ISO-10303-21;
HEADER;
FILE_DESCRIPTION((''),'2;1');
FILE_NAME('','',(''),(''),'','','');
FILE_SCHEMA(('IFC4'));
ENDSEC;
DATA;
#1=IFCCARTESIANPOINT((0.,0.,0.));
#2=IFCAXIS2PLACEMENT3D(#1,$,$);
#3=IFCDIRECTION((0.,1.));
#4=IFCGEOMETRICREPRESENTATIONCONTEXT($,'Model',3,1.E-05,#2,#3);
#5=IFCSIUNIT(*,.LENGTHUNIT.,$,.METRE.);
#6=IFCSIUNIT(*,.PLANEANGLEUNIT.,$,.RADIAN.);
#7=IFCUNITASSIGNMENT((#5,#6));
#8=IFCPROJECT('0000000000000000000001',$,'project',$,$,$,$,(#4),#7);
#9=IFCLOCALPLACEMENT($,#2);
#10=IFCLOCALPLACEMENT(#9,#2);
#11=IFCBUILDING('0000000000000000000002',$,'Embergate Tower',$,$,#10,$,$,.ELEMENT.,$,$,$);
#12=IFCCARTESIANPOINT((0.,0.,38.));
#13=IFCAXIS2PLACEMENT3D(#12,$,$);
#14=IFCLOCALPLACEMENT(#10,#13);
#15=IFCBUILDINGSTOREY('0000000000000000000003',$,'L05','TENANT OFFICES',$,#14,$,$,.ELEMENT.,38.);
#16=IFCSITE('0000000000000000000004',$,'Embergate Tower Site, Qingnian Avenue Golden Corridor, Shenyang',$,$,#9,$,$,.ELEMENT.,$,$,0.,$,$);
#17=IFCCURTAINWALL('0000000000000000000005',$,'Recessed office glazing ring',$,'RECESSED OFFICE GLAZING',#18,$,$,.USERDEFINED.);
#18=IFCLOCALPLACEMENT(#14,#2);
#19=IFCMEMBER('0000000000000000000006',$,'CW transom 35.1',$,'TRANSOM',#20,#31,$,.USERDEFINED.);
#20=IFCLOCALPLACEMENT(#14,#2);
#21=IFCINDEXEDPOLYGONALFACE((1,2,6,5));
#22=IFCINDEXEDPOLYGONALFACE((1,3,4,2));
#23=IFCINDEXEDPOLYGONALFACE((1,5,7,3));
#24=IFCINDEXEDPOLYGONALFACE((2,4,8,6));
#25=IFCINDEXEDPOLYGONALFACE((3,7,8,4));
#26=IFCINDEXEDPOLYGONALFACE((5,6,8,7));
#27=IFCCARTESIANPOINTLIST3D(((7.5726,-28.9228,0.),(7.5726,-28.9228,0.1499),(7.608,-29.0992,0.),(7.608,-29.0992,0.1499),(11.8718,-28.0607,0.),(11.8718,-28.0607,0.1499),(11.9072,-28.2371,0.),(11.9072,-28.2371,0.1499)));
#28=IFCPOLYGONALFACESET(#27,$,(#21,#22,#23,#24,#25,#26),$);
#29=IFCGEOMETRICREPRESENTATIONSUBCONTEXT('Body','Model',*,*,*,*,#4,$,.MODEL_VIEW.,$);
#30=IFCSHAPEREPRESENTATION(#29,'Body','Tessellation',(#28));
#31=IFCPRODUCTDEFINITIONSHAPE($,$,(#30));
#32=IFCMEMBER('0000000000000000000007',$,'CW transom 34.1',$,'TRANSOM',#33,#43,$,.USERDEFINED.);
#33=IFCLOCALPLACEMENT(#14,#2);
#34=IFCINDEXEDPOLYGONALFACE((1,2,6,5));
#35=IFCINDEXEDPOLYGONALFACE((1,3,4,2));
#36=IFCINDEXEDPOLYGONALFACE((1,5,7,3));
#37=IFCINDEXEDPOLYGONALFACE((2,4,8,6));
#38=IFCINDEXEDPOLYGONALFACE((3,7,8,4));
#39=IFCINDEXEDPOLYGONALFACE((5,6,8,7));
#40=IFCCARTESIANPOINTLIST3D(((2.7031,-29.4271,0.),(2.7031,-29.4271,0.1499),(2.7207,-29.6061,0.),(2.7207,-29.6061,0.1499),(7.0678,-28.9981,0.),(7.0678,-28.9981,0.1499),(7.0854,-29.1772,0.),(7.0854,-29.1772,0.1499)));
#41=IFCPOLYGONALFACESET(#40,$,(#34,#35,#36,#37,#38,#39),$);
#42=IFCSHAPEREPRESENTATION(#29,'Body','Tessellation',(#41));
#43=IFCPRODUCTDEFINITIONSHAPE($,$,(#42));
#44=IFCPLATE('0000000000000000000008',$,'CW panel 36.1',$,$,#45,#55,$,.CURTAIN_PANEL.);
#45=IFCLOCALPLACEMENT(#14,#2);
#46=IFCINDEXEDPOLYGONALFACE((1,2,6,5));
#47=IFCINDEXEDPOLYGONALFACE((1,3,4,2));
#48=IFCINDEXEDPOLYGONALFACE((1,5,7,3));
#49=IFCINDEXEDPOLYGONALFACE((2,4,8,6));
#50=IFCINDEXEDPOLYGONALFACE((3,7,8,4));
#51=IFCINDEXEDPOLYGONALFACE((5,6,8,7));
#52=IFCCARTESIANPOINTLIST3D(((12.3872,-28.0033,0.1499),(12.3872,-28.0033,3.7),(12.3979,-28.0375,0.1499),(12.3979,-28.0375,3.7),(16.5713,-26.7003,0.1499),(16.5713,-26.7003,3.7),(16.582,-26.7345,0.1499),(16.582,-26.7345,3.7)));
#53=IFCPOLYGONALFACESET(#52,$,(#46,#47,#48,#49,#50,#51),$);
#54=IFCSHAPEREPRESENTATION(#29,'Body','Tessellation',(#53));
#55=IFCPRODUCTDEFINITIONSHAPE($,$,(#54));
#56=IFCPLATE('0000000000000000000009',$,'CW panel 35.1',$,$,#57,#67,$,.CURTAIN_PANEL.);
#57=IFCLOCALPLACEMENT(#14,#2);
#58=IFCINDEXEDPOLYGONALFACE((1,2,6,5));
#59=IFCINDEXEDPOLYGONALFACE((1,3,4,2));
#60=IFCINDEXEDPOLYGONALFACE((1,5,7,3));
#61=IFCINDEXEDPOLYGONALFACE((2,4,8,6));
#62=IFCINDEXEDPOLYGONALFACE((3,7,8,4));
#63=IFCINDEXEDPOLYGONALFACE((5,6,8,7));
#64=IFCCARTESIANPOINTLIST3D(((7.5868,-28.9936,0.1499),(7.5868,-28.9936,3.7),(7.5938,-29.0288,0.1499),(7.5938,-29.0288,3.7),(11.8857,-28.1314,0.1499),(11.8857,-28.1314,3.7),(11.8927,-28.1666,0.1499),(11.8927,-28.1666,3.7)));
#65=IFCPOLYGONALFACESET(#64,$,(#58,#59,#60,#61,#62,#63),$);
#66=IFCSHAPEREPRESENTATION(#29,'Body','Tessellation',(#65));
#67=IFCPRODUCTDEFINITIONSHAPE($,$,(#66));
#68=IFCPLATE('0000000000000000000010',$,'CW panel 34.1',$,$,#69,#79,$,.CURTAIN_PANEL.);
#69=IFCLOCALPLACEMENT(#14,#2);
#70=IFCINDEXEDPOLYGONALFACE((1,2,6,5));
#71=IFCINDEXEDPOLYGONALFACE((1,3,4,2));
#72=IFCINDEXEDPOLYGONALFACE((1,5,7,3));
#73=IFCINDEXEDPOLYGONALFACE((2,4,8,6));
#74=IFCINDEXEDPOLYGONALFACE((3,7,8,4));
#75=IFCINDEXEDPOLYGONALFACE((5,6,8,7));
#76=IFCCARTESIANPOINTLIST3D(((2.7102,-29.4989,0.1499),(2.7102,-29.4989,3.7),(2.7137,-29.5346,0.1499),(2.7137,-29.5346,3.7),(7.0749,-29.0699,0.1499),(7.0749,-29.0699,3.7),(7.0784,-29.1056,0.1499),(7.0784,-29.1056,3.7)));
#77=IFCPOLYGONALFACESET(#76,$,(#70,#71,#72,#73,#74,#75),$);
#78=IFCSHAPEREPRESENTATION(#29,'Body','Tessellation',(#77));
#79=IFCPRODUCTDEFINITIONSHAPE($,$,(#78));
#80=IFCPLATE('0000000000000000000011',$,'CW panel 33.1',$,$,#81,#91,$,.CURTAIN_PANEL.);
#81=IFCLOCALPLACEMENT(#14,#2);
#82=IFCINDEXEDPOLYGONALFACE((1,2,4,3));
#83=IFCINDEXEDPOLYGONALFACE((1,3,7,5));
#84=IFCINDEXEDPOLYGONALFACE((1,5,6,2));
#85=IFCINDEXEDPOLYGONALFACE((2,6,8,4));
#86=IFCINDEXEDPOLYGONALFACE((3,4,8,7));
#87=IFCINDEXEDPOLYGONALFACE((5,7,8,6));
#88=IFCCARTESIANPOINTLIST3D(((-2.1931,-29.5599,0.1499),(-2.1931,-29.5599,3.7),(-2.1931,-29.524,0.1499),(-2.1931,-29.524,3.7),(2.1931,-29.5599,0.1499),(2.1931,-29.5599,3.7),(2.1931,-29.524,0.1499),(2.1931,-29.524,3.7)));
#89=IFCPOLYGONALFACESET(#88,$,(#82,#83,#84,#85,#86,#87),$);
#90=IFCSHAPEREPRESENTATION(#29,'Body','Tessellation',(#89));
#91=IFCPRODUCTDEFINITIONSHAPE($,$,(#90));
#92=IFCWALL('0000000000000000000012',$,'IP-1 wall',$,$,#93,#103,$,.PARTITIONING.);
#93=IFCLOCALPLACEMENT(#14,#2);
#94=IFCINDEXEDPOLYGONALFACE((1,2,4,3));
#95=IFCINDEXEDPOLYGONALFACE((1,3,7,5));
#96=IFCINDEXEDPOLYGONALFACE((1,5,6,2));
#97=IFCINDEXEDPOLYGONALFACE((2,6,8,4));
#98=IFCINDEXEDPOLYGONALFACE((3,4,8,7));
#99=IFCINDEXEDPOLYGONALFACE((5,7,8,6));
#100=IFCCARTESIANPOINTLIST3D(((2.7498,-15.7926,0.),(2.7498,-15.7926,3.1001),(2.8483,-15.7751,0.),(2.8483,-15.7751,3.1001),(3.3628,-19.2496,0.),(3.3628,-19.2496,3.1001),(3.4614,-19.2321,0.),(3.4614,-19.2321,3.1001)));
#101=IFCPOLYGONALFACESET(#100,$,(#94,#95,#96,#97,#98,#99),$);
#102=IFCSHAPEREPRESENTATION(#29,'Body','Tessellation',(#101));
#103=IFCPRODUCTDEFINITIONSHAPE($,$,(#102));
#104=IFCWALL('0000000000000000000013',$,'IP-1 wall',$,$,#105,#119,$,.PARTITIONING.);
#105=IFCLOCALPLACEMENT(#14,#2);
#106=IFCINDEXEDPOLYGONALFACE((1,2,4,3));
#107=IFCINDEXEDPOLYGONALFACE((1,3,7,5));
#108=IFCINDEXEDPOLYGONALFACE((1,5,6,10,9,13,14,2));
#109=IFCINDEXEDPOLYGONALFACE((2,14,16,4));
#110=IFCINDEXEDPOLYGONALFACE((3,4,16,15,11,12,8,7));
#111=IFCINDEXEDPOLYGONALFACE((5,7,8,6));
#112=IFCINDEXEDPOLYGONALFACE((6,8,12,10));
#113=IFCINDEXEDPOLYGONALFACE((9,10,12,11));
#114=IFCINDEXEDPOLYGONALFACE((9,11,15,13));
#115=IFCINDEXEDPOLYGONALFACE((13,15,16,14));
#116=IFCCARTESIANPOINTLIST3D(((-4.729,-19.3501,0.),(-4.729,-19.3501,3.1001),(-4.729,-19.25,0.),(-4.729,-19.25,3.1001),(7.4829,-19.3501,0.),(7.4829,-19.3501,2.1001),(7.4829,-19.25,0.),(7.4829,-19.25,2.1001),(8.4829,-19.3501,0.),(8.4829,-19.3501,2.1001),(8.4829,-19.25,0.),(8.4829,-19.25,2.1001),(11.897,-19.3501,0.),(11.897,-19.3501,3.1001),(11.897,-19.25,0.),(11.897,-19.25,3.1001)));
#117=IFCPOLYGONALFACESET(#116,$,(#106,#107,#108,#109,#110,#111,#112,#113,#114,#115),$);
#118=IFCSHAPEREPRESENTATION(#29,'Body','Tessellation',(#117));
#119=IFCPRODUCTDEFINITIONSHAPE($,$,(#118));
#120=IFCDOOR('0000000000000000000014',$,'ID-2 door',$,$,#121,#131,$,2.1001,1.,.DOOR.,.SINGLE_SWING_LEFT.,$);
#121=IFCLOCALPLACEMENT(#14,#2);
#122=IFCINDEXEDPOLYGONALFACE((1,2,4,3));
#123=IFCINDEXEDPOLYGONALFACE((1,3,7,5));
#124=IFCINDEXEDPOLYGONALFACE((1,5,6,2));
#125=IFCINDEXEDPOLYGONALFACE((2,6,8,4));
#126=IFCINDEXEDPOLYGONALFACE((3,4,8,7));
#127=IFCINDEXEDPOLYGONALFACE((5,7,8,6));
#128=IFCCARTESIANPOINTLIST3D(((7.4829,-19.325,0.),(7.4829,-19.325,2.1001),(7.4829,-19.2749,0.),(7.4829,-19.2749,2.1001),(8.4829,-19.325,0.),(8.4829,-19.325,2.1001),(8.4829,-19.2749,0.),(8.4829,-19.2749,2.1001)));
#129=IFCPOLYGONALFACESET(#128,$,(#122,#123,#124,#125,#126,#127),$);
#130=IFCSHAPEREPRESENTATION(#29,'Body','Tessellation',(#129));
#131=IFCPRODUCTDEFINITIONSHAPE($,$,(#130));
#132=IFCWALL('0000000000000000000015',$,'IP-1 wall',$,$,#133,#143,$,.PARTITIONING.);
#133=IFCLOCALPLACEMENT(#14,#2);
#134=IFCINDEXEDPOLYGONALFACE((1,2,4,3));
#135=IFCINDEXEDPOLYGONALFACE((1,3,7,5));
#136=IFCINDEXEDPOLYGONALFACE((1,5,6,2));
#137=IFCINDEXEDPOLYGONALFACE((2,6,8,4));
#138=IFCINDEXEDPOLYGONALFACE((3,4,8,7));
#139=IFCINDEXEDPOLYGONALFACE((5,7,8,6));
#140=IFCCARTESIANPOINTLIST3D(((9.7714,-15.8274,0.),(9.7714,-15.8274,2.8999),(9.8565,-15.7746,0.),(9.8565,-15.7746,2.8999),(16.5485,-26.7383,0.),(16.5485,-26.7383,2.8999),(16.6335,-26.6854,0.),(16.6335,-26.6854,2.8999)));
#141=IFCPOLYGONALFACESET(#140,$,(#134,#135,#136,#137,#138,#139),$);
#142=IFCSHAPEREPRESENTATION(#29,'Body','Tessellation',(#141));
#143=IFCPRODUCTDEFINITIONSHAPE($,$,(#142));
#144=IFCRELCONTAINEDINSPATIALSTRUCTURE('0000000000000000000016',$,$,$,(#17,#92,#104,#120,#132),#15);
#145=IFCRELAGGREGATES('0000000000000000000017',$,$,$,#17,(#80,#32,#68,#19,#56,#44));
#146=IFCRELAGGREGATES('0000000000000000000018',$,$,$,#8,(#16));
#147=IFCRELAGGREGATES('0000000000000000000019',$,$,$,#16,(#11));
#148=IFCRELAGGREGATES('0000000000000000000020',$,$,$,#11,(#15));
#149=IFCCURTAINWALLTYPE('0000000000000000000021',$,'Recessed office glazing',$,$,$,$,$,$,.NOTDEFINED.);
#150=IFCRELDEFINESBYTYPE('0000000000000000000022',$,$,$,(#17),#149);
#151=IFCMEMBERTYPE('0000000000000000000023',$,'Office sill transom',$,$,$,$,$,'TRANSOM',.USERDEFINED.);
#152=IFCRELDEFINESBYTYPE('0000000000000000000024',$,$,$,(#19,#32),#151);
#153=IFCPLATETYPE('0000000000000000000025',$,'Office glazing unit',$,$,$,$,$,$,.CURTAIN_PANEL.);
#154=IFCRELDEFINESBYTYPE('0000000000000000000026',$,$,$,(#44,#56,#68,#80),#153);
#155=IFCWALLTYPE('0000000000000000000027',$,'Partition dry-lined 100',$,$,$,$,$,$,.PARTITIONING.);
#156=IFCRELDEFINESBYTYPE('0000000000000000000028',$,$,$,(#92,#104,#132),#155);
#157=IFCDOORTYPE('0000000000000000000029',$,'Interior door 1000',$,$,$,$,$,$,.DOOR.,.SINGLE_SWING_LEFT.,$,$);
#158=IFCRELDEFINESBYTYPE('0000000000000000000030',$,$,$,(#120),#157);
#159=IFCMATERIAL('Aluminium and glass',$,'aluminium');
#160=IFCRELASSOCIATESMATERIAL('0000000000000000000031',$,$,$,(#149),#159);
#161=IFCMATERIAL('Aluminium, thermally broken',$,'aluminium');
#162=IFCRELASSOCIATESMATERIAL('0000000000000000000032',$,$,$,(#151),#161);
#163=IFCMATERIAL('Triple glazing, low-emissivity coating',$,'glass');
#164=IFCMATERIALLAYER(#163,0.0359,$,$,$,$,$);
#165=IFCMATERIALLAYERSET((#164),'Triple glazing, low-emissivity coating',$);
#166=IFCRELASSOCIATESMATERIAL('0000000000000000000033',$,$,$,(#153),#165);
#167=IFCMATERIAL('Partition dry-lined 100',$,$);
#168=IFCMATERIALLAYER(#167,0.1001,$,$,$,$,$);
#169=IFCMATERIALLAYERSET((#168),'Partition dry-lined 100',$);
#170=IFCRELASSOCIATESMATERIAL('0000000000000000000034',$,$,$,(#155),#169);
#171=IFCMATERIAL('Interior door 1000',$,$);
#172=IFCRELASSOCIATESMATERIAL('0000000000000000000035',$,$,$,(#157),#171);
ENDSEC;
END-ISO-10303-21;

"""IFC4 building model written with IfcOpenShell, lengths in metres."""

from ifc_helpers import new_model, si_unit, direction, frame, frame_2d, origin, origin_2d, place, context, subcontext, project, spatial, rectangle, extrude, source, transform, mapped, material, layer, layer_set, material_profile, profile_set, type_object, element, fill, aggregate, save


model = new_model("IFC4")

# Units and contexts
model_context = context("Model", 3, precision=1e-05, world=origin(), true_north=direction((0.0, 1.0)))
body_context = subcontext(model_context, "Body", "Model", "MODEL_VIEW")
ifc_project = project(units=[si_unit("LENGTHUNIT", "METRE"), si_unit("PLANEANGLEUNIT", "RADIAN")], contexts=[model_context])

# Site, building, storey
site_placement = place(None, origin())
site = spatial("IfcSite", under=ifc_project, at=site_placement, Name="Embergate Tower Site, Qingnian Avenue Golden Corridor, Shenyang", CompositionType="ELEMENT", RefElevation=0.0)
building_placement = place(site_placement, origin())
building = spatial("IfcBuilding", under=site, at=building_placement, Name="Embergate Tower", CompositionType="ELEMENT")
storey_placement = place(building_placement, frame((0.0, 0.0, 38.0)))
storey = spatial("IfcBuildingStorey", under=building, at=storey_placement, Name="L05", Description="TENANT OFFICES", CompositionType="ELEMENT", Elevation=38.0)

# Curtain wall, members
ifc_material_1 = material(Name="Aluminium and glass", Category="aluminium")
curtain_wall_type = type_object("IfcCurtainWallType", Name="Recessed office glazing", PredefinedType="NOTDEFINED", material=ifc_material_1)
curtain_wall_placement = place(storey_placement, origin())
curtain_wall = element("IfcCurtainWall", 1, at=curtain_wall_placement, inside=storey, type_object=curtain_wall_type, Name="Recessed office glazing ring", ObjectType="RECESSED OFFICE GLAZING", PredefinedType="USERDEFINED")
ifc_material_2 = material(Name="Aluminium, thermally broken", Category="aluminium")
ifc_material_profile_1 = material_profile(ifc_material_2, rectangle(XDim=0.1799, YDim=0.1499, at=origin_2d()), Name="AL 150x180")
ifc_profile_set_1 = profile_set([ifc_material_profile_1], Name="Aluminium, thermally broken")
member_type_1 = type_object("IfcMemberType", Name="Office sill transom", ElementType="TRANSOM", PredefinedType="USERDEFINED", material=ifc_profile_set_1)
shared_shape_1 = source(origin(), body_context, "Body", "SweptSolid", [
    extrude(rectangle(XDim=0.1799, YDim=0.1499, at=origin_2d()), origin(), (0.0, 0.0, 1.0), 4.3848),
])
member_1_placement = place(storey_placement, frame((7.5903, -29.011, 0.075), z_axis=(0.980482, 0.196609, 0.0), x_axis=(-0.196609, 0.980482, 0.0)))
member_1 = element("IfcMember", 2, at=member_1_placement, type_object=member_type_1, Name="CW transom 35.1", ObjectType="TRANSOM", PredefinedType="USERDEFINED", context=body_context, shape_type="MappedRepresentation", body=[
    mapped(shared_shape_1, transform((0.0, 0.0, 0.0))),
])
shared_shape_2 = source(origin(), body_context, "Body", "SweptSolid", [
    extrude(rectangle(XDim=0.1799, YDim=0.1499, at=origin_2d()), origin(), (0.0, 0.0, 1.0), 4.3857),
])
member_2_placement = place(storey_placement, frame((2.7119, -29.5166, 0.075), z_axis=(0.995205, 0.097806, 0.0), x_axis=(-0.097806, 0.995205, 0.0)))
member_2 = element("IfcMember", 3, at=member_2_placement, type_object=member_type_1, Name="CW transom 34.1", ObjectType="TRANSOM", PredefinedType="USERDEFINED", context=body_context, shape_type="MappedRepresentation", body=[
    mapped(shared_shape_2, transform((0.0, 0.0, 0.0))),
])

# Plates
ifc_material_3 = material(Name="Triple glazing, low-emissivity coating", Category="glass")
ifc_layer_1 = layer(ifc_material_3, 0.0359)
ifc_layer_set_1 = layer_set([ifc_layer_1], Name="Triple glazing, low-emissivity coating")
plate_type = type_object("IfcPlateType", Name="Office glazing unit", PredefinedType="CURTAIN_PANEL", material=ifc_layer_set_1)
shared_shape_3 = source(origin(), body_context, "Body", "SweptSolid", [
    extrude(rectangle(XDim=4.3823, YDim=0.0359, at=origin_2d()), origin(), (0.0, 0.0, 1.0), 3.55),
])
plate_1_placement = place(storey_placement, frame((14.4846, -27.3689, 0.1499), z_axis=(0.0, 0.0, 1.0), x_axis=(0.954773, 0.297337, 0.0)))
plate_1 = element("IfcPlate", 4, at=plate_1_placement, type_object=plate_type, Name="CW panel 36.1", PredefinedType="CURTAIN_PANEL", context=body_context, shape_type="MappedRepresentation", body=[
    mapped(shared_shape_3, transform((0.0, 0.0, 0.0))),
])
shared_shape_4 = source(origin(), body_context, "Body", "SweptSolid", [
    extrude(rectangle(XDim=4.3845, YDim=0.0359, at=origin_2d()), origin(), (0.0, 0.0, 1.0), 3.55),
])
plate_2_placement = place(storey_placement, frame((9.7397, -28.5801, 0.1499), z_axis=(0.0, 0.0, 1.0), x_axis=(0.980476, 0.196639, 0.0)))
plate_2 = element("IfcPlate", 5, at=plate_2_placement, type_object=plate_type, Name="CW panel 35.1", PredefinedType="CURTAIN_PANEL", context=body_context, shape_type="MappedRepresentation", body=[
    mapped(shared_shape_4, transform((0.0, 0.0, 0.0))),
])
shared_shape_5 = source(origin(), body_context, "Body", "SweptSolid", [
    extrude(rectangle(XDim=4.3857, YDim=0.0359, at=origin_2d()), origin(), (0.0, 0.0, 1.0), 3.55),
])
plate_3_placement = place(storey_placement, frame((4.8943, -29.3022, 0.1499), z_axis=(0.0, 0.0, 1.0), x_axis=(0.995203, 0.09783, 0.0)))
plate_3 = element("IfcPlate", 6, at=plate_3_placement, type_object=plate_type, Name="CW panel 34.1", PredefinedType="CURTAIN_PANEL", context=body_context, shape_type="MappedRepresentation", body=[
    mapped(shared_shape_5, transform((0.0, 0.0, 0.0))),
])
shared_shape_6 = source(origin(), body_context, "Body", "SweptSolid", [
    extrude(rectangle(XDim=4.3862, YDim=0.0359, at=origin_2d()), origin(), (0.0, 0.0, 1.0), 3.55),
])
plate_4_placement = place(storey_placement, frame((0.0, -29.542, 0.1499), z_axis=(0.0, 0.0, 1.0), x_axis=(1.0, 0.0, 0.0)))
plate_4 = element("IfcPlate", 7, at=plate_4_placement, type_object=plate_type, Name="CW panel 33.1", PredefinedType="CURTAIN_PANEL", context=body_context, shape_type="MappedRepresentation", body=[
    mapped(shared_shape_6, transform((0.0, 0.0, 0.0))),
])
aggregate(curtain_wall, [plate_4, member_2, plate_3, member_1, plate_2, plate_1])

# Wall
ifc_material_4 = material(Name="Partition dry-lined 100")
ifc_layer_2 = layer(ifc_material_4, 0.1001)
ifc_layer_set_2 = layer_set([ifc_layer_2], Name="Partition dry-lined 100")
wall_type = type_object("IfcWallType", Name="Partition dry-lined 100", PredefinedType="PARTITIONING", material=ifc_layer_set_2)
shared_shape_7 = source(origin(), body_context, "Body", "SweptSolid", [
    extrude(rectangle(XDim=3.511, YDim=0.1001, at=frame_2d((1.7554, 0.0))), origin(), (0.0, 0.0, 1.0), 3.1001),
])
wall_1_placement = place(storey_placement, frame((2.7991, -15.7839, 0.0), z_axis=(0.0, 0.0, 1.0), x_axis=(0.174606, -0.984638, 0.0)))
element("IfcWall", 8, at=wall_1_placement, inside=storey, type_object=wall_type, Name="IP-1 wall", PredefinedType="PARTITIONING", context=body_context, shape_type="MappedRepresentation", body=[
    mapped(shared_shape_7, transform((0.0, 0.0, 0.0))),
])

# Wall, opening, door
shared_shape_8 = source(origin(), body_context, "Body", "SweptSolid", [
    extrude(rectangle(XDim=16.626, YDim=0.1001, at=frame_2d((8.313, 0.0))), origin(), (0.0, 0.0, 1.0), 3.1001),
])
wall_2_placement = place(storey_placement, frame((11.897, -19.3, 0.0), z_axis=(0.0, 0.0, 1.0), x_axis=(-1.0, 0.0, 0.0)))
wall_2 = element("IfcWall", 9, at=wall_2_placement, inside=storey, type_object=wall_type, Name="IP-1 wall", PredefinedType="PARTITIONING", context=body_context, shape_type="MappedRepresentation", body=[
    mapped(shared_shape_8, transform((0.0, 0.0, 0.0))),
])
shared_shape_9 = source(origin(), body_context, "Body", "SweptSolid", [
    extrude(rectangle(XDim=1.0, YDim=2.1001, at=frame_2d((0.5, 1.05))), frame((0.0, 0.0601, 0.0), z_axis=(0.0, -1.0, 0.0), x_axis=(1.0, 0.0, 0.0)), (0.0, 0.0, 1.0), 0.1201),
])
opening_placement = place(wall_2_placement, frame((3.4141, 0.0, 0.0)))
opening = element("IfcOpeningElement", 10, at=opening_placement, cuts=wall_2, PredefinedType="OPENING", context=body_context, shape_type="MappedRepresentation", body=[
    mapped(shared_shape_9, transform((0.0, 0.0, 0.0))),
])
ifc_material_5 = material(Name="Interior door 1000")
door_type = type_object("IfcDoorType", Name="Interior door 1000", OperationType="SINGLE_SWING_LEFT", PredefinedType="DOOR", material=ifc_material_5)
shared_shape_10 = source(origin(), body_context, "Body", "SweptSolid", [
    extrude(rectangle(XDim=1.0, YDim=2.1001, at=frame_2d((0.5, 1.05))), frame((0.0, 0.0249, 0.0), z_axis=(0.0, -1.0, 0.0), x_axis=(1.0, 0.0, 0.0)), (0.0, 0.0, 1.0), 0.05),
])
door_placement = place(opening_placement, origin())
door = element("IfcDoor", 11, at=door_placement, inside=storey, type_object=door_type, Name="ID-2 door", OperationType="SINGLE_SWING_LEFT", OverallHeight=2.1001, OverallWidth=1.0, PredefinedType="DOOR", context=body_context, shape_type="MappedRepresentation", body=[
    mapped(shared_shape_10, transform((0.0, 0.0, 0.0))),
])
fill(opening, door)

# Wall
shared_shape_11 = source(origin(), body_context, "Body", "SweptSolid", [
    extrude(rectangle(XDim=12.8442, YDim=0.1001, at=frame_2d((6.4221, 0.0))), origin(), (0.0, 0.0, 1.0), 2.8999),
])
wall_3_placement = place(storey_placement, frame((9.814, -15.801, 0.0), z_axis=(0.0, 0.0, 1.0), x_axis=(0.527634, -0.849472, 0.0)))
element("IfcWall", 12, at=wall_3_placement, inside=storey, type_object=wall_type, Name="IP-1 wall", PredefinedType="PARTITIONING", context=body_context, shape_type="MappedRepresentation", body=[
    mapped(shared_shape_11, transform((0.0, 0.0, 0.0))),
])

save(model, "model.ifc")
